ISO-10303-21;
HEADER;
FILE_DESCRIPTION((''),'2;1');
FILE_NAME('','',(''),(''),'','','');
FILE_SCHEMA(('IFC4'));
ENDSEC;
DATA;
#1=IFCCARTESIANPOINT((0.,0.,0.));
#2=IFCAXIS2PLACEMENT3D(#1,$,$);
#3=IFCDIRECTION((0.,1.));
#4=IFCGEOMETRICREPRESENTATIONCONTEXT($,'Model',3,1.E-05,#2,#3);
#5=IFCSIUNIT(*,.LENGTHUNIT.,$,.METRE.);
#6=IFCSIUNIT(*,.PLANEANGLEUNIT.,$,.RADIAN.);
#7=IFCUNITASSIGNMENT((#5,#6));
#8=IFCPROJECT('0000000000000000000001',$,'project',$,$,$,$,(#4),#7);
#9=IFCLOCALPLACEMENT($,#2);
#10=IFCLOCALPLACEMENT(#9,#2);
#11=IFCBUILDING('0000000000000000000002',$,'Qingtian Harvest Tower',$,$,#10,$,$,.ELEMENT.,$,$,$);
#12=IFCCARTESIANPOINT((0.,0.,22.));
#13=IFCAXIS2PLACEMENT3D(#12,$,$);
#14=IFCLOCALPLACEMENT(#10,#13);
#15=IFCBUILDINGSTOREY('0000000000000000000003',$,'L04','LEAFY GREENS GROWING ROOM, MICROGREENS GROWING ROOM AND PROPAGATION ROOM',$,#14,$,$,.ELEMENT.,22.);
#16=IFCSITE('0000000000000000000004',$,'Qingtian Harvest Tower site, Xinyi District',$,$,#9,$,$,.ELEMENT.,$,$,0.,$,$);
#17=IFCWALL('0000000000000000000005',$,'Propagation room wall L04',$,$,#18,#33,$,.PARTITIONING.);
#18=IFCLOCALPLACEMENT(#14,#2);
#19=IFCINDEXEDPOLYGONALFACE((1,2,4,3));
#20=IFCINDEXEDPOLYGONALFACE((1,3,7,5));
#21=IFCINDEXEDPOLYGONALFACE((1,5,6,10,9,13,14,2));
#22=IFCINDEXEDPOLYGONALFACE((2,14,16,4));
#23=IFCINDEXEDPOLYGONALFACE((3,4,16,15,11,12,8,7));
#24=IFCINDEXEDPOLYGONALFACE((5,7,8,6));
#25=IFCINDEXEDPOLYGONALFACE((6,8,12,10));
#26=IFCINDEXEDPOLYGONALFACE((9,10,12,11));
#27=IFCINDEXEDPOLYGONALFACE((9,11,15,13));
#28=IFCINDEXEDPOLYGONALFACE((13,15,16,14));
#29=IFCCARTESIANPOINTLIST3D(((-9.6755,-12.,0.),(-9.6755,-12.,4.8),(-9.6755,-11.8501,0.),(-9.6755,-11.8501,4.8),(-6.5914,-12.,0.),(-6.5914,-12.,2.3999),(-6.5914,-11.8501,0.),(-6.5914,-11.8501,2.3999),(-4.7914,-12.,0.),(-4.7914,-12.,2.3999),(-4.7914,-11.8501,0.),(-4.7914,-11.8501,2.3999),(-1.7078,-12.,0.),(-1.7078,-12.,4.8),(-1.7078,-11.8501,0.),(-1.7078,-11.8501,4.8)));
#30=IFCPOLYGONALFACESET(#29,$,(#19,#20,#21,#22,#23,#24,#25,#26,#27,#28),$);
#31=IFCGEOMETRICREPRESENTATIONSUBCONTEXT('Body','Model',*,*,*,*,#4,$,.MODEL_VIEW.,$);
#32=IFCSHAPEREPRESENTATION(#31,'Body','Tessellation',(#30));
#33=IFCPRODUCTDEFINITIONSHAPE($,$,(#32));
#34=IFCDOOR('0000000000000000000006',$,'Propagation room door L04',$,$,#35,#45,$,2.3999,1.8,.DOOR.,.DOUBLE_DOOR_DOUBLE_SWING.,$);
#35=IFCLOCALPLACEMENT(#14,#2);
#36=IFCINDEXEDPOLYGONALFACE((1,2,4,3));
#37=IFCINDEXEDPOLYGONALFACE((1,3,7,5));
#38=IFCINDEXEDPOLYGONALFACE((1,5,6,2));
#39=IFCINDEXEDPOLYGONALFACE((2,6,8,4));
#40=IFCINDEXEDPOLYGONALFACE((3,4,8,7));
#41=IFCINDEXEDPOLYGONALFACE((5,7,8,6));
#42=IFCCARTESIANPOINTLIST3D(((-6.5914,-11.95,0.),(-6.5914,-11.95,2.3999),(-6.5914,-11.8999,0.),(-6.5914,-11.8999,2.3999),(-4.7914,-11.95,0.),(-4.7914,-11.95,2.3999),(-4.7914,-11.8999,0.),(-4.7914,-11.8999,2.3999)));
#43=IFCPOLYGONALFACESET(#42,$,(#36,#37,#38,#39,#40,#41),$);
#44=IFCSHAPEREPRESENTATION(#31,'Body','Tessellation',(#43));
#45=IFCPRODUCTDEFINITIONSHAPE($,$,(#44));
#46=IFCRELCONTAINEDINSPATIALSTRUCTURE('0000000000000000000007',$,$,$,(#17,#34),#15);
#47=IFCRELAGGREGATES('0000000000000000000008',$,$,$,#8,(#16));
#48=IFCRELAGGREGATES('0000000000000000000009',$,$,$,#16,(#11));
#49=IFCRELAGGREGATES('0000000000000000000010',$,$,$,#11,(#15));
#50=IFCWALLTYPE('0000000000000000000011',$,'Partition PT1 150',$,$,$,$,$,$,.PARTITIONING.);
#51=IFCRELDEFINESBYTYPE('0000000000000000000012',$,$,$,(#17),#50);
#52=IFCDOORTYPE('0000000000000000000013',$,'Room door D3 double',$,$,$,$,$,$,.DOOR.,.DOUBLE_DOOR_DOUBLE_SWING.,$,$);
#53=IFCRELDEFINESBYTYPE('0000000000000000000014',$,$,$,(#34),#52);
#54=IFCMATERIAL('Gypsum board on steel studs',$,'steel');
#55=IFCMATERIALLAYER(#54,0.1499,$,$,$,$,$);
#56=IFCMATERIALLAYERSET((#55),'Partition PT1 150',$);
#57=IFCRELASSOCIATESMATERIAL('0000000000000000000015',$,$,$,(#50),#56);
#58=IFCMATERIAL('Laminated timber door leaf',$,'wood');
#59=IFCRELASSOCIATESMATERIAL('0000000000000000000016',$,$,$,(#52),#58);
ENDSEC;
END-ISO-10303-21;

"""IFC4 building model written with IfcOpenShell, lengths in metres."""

from ifc_helpers import new_model, si_unit, direction, frame, frame_2d, origin, place, context, subcontext, project, spatial, rectangle, extrude, material, layer, layer_set, type_object, element, fill, save


model = new_model("IFC4")

# Units and contexts
model_context = context("Model", 3, precision=1e-05, world=origin(), true_north=direction((0.0, 1.0)))
body_context = subcontext(model_context, "Body", "Model", "MODEL_VIEW")
ifc_project = project(units=[si_unit("LENGTHUNIT", "METRE"), si_unit("PLANEANGLEUNIT", "RADIAN")], contexts=[model_context])

# Site, building, storey
site_placement = place(None, origin())
site = spatial("IfcSite", under=ifc_project, at=site_placement, Name="Qingtian Harvest Tower site, Xinyi District", CompositionType="ELEMENT", RefElevation=0.0)
building_placement = place(site_placement, origin())
building = spatial("IfcBuilding", under=site, at=building_placement, Name="Qingtian Harvest Tower", CompositionType="ELEMENT")
storey_placement = place(building_placement, frame((0.0, 0.0, 22.0)))
storey = spatial("IfcBuildingStorey", under=building, at=storey_placement, Name="L04", Description="LEAFY GREENS GROWING ROOM, MICROGREENS GROWING ROOM AND PROPAGATION ROOM", CompositionType="ELEMENT", Elevation=22.0)

# Shared definitions
ifc_material_1 = material(Name="Gypsum board on steel studs", Category="steel")
ifc_layer_1 = layer(ifc_material_1, 0.1499)
ifc_layer_set_1 = layer_set([ifc_layer_1], Name="Partition PT1 150")
wall_type_1 = type_object("IfcWallType", Name="Partition PT1 150", PredefinedType="PARTITIONING", material=ifc_layer_set_1)

# Wall, opening, door
wall_1_placement = place(storey_placement, frame((-1.7078, -11.925, 0.0), z_axis=(0.0, 0.0, 1.0), x_axis=(-1.0, 0.0, 0.0)))
wall_1 = element("IfcWall", 1, at=wall_1_placement, inside=storey, type_object=wall_type_1, Name="Propagation room wall L04", PredefinedType="PARTITIONING", context=body_context, shape_type="SweptSolid", body=[
    extrude(rectangle(XDim=7.9678, YDim=0.1499, at=frame_2d((3.9839, 0.0))), origin(), (0.0, 0.0, 1.0), 4.8),
])
opening_1_placement = place(wall_1_placement, frame((3.0837, 0.0, 0.0)))
opening_1 = element("IfcOpeningElement", 2, at=opening_1_placement, cuts=wall_1, PredefinedType="OPENING", context=body_context, shape_type="SweptSolid", body=[
    extrude(rectangle(XDim=1.8, YDim=2.3999, at=frame_2d((0.8999, 1.2))), frame((0.0, 0.085, 0.0), z_axis=(0.0, -1.0, 0.0), x_axis=(1.0, 0.0, 0.0)), (0.0, 0.0, 1.0), 0.1699),
])
ifc_material_2 = material(Name="Laminated timber door leaf", Category="wood")
door_type_1 = type_object("IfcDoorType", Name="Room door D3 double", OperationType="DOUBLE_DOOR_DOUBLE_SWING", PredefinedType="DOOR", material=ifc_material_2)
door_1_placement = place(opening_1_placement, origin())
door_1 = element("IfcDoor", 3, at=door_1_placement, inside=storey, type_object=door_type_1, Name="Propagation room door L04", OperationType="DOUBLE_DOOR_DOUBLE_SWING", OverallHeight=2.3999, OverallWidth=1.8, PredefinedType="DOOR", context=body_context, shape_type="SweptSolid", body=[
    extrude(rectangle(XDim=1.8, YDim=2.3999, at=frame_2d((0.8999, 1.2))), frame((0.0, 0.0249, 0.0), z_axis=(0.0, -1.0, 0.0), x_axis=(1.0, 0.0, 0.0)), (0.0, 0.0, 1.0), 0.05),
])
fill(opening_1, door_1)

save(model, "model.ifc")
